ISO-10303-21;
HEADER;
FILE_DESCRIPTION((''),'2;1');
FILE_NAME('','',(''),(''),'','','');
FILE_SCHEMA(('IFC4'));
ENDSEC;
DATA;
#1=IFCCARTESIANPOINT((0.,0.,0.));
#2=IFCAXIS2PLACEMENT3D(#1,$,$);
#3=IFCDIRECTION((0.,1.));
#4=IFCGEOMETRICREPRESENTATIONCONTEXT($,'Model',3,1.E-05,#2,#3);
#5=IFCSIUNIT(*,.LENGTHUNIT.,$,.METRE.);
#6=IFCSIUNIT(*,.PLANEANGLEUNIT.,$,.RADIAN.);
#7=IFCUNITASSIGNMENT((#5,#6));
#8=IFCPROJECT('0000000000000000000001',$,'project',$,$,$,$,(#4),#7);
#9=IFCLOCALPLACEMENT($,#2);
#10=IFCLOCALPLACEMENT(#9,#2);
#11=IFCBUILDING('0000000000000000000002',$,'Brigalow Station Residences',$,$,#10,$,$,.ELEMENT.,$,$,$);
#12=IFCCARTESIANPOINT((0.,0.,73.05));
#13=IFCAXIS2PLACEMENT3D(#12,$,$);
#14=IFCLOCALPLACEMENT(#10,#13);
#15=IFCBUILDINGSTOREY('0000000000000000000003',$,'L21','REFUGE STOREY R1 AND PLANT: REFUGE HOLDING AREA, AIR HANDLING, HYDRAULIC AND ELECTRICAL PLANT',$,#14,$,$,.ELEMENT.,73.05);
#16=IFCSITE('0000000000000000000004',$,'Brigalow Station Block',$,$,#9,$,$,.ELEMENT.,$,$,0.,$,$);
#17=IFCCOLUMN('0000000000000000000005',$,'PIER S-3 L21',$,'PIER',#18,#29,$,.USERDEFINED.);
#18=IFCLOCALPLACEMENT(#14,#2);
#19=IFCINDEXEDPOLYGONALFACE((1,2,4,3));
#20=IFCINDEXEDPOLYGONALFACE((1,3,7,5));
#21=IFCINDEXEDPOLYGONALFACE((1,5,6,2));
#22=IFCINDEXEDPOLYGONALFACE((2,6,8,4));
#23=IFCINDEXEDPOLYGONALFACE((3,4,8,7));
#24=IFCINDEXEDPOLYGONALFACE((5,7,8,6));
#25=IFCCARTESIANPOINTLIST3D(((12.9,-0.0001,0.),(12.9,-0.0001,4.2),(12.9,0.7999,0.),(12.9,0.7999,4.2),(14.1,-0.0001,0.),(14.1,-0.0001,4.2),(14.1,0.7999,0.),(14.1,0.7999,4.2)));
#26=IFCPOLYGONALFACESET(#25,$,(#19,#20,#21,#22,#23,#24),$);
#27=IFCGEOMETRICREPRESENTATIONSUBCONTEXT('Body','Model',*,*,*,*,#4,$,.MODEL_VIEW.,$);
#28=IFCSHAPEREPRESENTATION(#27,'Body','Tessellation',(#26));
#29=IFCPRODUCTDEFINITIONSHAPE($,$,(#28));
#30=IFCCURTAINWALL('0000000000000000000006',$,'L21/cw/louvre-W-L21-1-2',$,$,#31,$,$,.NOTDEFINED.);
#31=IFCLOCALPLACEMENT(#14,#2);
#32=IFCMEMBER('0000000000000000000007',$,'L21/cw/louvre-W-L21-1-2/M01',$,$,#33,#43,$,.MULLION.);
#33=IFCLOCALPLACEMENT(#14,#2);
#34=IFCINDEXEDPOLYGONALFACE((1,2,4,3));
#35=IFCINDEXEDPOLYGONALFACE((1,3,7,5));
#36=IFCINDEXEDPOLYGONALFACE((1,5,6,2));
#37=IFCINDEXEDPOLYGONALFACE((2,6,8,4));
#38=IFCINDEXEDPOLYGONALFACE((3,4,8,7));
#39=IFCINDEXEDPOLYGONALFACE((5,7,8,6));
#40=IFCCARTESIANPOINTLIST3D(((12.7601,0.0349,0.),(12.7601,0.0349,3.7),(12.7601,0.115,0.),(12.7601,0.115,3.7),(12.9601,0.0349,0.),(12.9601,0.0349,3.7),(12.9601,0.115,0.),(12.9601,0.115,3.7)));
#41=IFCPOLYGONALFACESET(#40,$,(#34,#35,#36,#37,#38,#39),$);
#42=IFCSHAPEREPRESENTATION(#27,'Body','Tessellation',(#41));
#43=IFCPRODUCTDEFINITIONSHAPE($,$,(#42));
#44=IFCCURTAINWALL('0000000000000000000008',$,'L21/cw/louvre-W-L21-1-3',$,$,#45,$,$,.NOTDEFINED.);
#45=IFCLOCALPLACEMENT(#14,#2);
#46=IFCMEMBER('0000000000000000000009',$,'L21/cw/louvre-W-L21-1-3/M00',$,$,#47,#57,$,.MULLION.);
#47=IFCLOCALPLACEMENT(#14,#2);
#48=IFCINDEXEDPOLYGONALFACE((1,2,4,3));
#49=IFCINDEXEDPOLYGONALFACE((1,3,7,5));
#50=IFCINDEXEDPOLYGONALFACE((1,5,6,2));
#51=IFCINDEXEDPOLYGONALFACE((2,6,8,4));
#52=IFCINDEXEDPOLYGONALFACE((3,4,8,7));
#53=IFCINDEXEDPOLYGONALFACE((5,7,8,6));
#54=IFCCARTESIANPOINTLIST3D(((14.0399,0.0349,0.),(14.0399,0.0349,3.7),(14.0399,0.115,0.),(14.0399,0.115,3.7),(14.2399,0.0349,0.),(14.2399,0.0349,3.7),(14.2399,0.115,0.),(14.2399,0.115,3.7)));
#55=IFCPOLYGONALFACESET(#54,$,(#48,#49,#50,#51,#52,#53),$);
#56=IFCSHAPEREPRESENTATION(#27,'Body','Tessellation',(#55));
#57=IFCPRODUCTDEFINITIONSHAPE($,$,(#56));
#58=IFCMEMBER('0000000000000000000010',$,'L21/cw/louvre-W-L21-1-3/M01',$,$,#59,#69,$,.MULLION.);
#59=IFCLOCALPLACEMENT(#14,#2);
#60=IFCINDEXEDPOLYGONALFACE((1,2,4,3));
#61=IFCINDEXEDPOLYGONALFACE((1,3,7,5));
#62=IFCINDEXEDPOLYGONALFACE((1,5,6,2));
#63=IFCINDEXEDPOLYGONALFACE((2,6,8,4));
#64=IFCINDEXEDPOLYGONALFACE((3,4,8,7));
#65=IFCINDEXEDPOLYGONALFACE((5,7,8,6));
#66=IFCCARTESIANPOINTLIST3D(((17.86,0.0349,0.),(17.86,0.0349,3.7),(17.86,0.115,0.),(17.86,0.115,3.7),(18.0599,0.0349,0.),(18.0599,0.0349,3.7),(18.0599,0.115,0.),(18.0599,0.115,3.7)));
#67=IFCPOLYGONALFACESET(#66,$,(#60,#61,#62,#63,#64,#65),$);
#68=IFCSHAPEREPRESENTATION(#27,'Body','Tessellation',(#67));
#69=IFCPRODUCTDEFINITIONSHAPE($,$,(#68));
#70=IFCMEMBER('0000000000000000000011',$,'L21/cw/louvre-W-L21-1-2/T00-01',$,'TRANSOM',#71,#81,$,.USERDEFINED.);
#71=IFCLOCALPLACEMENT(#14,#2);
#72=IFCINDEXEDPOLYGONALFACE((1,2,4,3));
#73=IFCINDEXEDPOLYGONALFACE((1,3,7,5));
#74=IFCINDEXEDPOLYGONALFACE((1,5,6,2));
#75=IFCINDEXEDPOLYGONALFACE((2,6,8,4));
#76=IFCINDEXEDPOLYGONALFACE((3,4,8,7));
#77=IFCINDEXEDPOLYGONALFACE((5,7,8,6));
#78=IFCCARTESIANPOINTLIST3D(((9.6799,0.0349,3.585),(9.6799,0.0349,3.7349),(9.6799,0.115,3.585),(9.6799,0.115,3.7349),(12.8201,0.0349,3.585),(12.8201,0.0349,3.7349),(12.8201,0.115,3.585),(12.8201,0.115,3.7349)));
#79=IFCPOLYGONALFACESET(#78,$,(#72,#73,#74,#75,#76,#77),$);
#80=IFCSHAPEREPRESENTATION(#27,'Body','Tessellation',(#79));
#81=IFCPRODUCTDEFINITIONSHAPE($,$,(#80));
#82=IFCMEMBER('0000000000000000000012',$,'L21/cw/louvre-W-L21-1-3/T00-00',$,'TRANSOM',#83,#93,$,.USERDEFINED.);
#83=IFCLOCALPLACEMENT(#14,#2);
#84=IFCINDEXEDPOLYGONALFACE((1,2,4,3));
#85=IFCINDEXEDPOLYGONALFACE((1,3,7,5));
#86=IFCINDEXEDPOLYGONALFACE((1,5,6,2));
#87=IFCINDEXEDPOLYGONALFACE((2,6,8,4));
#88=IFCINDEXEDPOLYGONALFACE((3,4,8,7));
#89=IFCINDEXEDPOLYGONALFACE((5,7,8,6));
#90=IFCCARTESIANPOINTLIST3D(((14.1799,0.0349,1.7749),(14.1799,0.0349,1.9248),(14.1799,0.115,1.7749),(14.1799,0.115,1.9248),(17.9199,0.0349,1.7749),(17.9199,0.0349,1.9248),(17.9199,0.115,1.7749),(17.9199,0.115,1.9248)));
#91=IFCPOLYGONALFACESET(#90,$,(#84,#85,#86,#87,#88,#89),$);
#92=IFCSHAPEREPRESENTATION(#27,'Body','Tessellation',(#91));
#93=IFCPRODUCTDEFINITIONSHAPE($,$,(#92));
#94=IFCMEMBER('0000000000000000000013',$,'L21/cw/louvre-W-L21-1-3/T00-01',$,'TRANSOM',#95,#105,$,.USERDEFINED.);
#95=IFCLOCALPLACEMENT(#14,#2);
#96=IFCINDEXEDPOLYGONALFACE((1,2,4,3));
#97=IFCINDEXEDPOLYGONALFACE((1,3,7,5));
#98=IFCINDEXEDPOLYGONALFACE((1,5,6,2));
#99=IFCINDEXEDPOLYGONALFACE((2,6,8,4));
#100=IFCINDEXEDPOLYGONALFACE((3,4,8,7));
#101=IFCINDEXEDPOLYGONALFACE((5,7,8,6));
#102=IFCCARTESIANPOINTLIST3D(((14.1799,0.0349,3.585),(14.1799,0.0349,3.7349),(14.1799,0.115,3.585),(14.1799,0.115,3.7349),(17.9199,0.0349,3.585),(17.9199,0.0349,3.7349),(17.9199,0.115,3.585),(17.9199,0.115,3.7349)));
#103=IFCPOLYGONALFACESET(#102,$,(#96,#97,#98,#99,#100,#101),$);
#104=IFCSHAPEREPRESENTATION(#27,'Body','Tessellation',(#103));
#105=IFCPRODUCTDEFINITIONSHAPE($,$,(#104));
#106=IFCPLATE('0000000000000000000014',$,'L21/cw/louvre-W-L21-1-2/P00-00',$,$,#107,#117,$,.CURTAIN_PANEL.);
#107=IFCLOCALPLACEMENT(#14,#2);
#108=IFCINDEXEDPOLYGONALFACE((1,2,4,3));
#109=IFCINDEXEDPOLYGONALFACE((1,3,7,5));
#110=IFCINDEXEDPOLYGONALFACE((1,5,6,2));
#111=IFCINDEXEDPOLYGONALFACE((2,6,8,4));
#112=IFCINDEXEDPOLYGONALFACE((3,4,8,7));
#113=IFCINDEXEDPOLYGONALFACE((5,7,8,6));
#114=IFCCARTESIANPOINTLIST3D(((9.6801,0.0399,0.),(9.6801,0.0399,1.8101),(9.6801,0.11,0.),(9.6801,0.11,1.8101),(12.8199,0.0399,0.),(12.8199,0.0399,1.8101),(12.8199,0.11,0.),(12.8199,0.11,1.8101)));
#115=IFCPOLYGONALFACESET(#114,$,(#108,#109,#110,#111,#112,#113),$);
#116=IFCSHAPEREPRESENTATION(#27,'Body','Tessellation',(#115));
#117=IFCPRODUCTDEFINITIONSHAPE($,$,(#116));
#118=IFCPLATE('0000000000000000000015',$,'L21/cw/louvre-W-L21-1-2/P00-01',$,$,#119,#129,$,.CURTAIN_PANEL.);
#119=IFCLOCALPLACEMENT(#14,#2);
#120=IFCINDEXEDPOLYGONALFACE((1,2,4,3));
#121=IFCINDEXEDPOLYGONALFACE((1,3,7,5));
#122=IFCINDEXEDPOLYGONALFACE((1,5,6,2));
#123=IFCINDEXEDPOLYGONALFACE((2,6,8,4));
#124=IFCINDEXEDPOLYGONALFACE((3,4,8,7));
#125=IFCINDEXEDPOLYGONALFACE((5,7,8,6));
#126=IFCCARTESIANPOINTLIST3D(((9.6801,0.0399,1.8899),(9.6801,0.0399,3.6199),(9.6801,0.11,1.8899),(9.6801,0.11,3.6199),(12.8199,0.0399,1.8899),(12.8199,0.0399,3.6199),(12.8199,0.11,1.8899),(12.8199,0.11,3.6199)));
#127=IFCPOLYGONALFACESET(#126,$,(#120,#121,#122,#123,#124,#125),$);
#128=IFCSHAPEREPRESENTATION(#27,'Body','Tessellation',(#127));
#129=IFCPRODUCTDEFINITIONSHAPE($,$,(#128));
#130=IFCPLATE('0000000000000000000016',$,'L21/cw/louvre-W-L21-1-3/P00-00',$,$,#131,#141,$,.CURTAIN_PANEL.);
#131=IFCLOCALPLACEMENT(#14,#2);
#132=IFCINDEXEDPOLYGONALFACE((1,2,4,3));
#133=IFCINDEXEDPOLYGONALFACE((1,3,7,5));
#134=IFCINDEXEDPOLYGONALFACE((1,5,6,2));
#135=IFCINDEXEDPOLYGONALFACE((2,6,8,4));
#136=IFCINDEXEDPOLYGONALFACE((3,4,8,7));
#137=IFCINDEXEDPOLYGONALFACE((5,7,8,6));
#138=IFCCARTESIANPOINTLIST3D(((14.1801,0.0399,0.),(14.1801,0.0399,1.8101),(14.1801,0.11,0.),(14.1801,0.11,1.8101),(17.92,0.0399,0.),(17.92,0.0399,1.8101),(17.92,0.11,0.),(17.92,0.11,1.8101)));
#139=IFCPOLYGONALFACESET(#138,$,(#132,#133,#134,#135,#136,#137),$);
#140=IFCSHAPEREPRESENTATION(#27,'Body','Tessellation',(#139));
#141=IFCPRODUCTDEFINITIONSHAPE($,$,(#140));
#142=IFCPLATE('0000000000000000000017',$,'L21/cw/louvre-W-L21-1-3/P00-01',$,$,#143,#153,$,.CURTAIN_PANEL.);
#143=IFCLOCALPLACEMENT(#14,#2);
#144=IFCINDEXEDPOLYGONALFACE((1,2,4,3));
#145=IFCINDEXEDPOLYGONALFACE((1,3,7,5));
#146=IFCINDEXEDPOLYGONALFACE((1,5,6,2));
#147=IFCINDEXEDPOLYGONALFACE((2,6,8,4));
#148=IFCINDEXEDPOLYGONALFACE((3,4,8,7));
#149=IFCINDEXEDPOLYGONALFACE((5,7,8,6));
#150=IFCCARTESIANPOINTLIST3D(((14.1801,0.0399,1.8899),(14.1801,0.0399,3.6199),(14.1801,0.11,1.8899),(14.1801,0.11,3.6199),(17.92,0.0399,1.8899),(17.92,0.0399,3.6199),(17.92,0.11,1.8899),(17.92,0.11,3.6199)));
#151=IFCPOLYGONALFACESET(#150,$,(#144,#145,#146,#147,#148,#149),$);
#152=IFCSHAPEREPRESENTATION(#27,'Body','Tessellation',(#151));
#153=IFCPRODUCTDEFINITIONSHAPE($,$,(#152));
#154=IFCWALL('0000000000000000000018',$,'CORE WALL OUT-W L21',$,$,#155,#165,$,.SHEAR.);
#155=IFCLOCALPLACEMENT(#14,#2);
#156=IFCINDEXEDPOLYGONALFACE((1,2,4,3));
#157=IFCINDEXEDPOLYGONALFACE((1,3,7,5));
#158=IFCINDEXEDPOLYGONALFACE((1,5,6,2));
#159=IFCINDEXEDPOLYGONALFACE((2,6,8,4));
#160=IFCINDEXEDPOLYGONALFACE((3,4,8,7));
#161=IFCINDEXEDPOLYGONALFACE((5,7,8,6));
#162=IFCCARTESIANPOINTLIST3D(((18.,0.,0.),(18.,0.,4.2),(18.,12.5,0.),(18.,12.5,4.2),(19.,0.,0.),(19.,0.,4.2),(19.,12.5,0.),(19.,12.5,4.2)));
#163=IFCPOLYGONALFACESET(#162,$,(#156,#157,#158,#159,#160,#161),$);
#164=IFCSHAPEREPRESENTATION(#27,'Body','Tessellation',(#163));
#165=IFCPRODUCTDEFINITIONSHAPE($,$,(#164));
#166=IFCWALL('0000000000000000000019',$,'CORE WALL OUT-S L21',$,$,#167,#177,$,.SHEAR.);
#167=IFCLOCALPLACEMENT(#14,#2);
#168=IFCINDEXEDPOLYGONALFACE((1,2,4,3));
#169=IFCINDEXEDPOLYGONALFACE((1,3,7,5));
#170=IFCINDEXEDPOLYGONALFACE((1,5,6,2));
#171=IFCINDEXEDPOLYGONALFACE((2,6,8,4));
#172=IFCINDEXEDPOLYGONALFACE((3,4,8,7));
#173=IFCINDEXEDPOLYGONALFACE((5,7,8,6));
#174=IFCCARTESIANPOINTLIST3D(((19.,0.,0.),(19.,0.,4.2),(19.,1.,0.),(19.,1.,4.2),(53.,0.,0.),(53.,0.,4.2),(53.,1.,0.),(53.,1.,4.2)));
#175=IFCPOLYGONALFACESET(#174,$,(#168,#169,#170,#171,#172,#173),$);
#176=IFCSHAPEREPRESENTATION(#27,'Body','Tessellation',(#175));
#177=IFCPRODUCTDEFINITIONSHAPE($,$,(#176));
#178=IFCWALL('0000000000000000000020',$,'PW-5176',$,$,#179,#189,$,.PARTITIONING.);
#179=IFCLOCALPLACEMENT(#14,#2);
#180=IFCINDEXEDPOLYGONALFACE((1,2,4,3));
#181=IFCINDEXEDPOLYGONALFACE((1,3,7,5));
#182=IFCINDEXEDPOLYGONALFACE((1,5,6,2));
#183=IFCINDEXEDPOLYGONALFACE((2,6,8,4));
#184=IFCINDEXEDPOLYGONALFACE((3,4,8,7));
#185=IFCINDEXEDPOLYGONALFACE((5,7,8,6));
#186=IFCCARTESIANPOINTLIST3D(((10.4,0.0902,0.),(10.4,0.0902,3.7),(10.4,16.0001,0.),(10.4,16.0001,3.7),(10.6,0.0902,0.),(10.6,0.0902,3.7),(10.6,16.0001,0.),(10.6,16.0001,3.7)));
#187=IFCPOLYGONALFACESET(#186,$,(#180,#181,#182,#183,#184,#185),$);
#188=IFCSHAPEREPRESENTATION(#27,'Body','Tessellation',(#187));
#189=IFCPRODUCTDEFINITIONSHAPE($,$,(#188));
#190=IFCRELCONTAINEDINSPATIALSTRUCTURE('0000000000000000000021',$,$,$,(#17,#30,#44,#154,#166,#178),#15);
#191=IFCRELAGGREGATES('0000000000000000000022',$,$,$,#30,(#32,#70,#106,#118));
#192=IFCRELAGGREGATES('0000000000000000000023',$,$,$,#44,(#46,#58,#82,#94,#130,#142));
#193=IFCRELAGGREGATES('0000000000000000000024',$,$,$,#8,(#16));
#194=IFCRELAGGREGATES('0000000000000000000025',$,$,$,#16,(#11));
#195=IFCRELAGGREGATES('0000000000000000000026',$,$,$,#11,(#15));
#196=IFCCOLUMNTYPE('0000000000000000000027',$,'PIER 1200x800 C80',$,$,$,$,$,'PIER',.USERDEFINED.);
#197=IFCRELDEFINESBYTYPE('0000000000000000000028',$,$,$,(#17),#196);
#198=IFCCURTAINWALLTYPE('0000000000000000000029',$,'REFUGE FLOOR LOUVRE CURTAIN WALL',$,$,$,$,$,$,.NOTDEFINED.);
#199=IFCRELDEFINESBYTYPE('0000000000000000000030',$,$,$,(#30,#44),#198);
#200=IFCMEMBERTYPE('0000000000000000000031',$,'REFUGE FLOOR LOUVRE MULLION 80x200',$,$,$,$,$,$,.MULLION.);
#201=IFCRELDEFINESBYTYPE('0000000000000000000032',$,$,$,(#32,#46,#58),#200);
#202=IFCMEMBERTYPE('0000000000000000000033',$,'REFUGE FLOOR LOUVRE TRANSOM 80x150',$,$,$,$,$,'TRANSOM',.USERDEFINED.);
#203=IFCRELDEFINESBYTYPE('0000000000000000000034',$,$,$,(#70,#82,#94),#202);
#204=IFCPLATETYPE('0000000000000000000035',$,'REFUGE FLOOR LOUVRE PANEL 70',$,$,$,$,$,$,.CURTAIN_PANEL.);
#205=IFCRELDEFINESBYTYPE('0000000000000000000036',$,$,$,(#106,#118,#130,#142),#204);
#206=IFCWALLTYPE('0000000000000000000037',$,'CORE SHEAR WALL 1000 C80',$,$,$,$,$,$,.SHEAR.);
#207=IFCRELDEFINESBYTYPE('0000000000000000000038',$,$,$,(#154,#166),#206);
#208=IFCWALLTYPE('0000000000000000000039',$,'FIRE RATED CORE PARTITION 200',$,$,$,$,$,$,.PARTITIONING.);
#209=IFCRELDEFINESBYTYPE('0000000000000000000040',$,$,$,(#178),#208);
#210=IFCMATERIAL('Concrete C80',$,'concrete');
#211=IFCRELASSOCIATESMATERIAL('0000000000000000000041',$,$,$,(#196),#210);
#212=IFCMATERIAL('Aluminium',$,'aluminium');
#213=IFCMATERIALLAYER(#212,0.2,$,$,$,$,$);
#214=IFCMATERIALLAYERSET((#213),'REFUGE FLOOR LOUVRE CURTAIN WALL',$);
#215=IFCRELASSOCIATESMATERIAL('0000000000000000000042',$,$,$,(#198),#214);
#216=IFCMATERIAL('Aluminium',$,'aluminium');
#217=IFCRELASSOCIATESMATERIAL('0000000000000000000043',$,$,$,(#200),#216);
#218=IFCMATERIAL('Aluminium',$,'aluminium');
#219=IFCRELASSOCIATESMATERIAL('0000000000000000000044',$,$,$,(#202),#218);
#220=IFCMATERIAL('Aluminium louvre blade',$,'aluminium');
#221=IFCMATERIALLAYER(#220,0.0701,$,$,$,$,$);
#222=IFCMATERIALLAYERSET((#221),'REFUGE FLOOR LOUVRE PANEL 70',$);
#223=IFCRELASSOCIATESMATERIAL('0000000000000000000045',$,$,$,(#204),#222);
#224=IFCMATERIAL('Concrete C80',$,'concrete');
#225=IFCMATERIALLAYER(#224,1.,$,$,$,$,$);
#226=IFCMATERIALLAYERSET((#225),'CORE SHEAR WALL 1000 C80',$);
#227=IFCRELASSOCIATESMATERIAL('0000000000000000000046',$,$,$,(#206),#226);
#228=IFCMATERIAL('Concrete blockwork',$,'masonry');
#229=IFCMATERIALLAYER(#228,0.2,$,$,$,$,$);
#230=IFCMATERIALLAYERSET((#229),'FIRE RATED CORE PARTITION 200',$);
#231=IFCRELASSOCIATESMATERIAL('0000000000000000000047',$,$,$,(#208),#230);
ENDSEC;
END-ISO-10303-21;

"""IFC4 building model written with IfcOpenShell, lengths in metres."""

from ifc_helpers import new_model, si_unit, direction, frame, frame_2d, origin, origin_2d, place, context, subcontext, project, spatial, rectangle, extrude, material, layer, layer_set, material_profile, profile_set, type_object, element, aggregate, save


model = new_model("IFC4")

# Units and contexts
model_context = context("Model", 3, precision=1e-05, world=origin(), true_north=direction((0.0, 1.0)))
body_context = subcontext(model_context, "Body", "Model", "MODEL_VIEW")
ifc_project = project(units=[si_unit("LENGTHUNIT", "METRE"), si_unit("PLANEANGLEUNIT", "RADIAN")], contexts=[model_context])

# Site, building, storey
site_placement = place(None, origin())
site = spatial("IfcSite", under=ifc_project, at=site_placement, Name="Brigalow Station Block", CompositionType="ELEMENT", RefElevation=0.0)
building_placement = place(site_placement, origin())
building = spatial("IfcBuilding", under=site, at=building_placement, Name="Brigalow Station Residences", CompositionType="ELEMENT")
storey_placement = place(building_placement, frame((0.0, 0.0, 73.05)))
storey = spatial("IfcBuildingStorey", under=building, at=storey_placement, Name="L21", Description="REFUGE STOREY R1 AND PLANT: REFUGE HOLDING AREA, AIR HANDLING, HYDRAULIC AND ELECTRICAL PLANT", CompositionType="ELEMENT", Elevation=73.05)

# Column
ifc_material_1 = material(Name="Concrete C80", Category="concrete")
ifc_material_profile_1 = material_profile(ifc_material_1, rectangle(XDim=1.2, YDim=0.8, at=origin_2d()), Name="RC1200x800")
ifc_profile_set_1 = profile_set([ifc_material_profile_1], Name="Concrete C80")
column_type = type_object("IfcColumnType", Name="PIER 1200x800 C80", ElementType="PIER", PredefinedType="USERDEFINED", material=ifc_profile_set_1)
column_placement = place(storey_placement, frame((13.5, 0.3999, 0.0), z_axis=(0.0, 0.0, 1.0), x_axis=(1.0, 0.0, 0.0)))
element("IfcColumn", 1, at=column_placement, inside=storey, type_object=column_type, Name="PIER S-3 L21", ObjectType="PIER", PredefinedType="USERDEFINED", context=body_context, shape_type="SweptSolid", body=[
    extrude(rectangle(XDim=1.2, YDim=0.8, at=origin_2d()), origin(), (0.0, 0.0, 1.0), 4.2),
])

# Curtain wall, member
ifc_material_2 = material(Name="Aluminium", Category="aluminium")
ifc_layer_1 = layer(ifc_material_2, 0.2)
ifc_layer_set_1 = layer_set([ifc_layer_1], Name="REFUGE FLOOR LOUVRE CURTAIN WALL")
curtain_wall_type = type_object("IfcCurtainWallType", Name="REFUGE FLOOR LOUVRE CURTAIN WALL", PredefinedType="NOTDEFINED", material=ifc_layer_set_1)
curtain_wall_1_placement = place(storey_placement, origin())
curtain_wall_1 = element("IfcCurtainWall", 2, at=curtain_wall_1_placement, inside=storey, type_object=curtain_wall_type, Name="L21/cw/louvre-W-L21-1-2", PredefinedType="NOTDEFINED")
ifc_material_3 = material(Name="Aluminium", Category="aluminium")
ifc_material_profile_2 = material_profile(ifc_material_3, rectangle(XDim=0.0801, YDim=0.2, at=origin_2d()), Name="REFUGE FLOOR LOUVRE MULLION 80x200")
ifc_profile_set_2 = profile_set([ifc_material_profile_2], Name="Aluminium")
member_type_1 = type_object("IfcMemberType", Name="REFUGE FLOOR LOUVRE MULLION 80x200", PredefinedType="MULLION", material=ifc_profile_set_2)
member_1_placement = place(storey_placement, frame((12.8601, 0.075, 0.0), z_axis=(0.0, 0.0, 1.0), x_axis=(0.0, 1.0, 0.0)))
member_1 = element("IfcMember", 3, at=member_1_placement, type_object=member_type_1, Name="L21/cw/louvre-W-L21-1-2/M01", PredefinedType="MULLION", context=body_context, shape_type="SweptSolid", body=[
    extrude(rectangle(XDim=0.0801, YDim=0.2, at=origin_2d()), origin(), (0.0, 0.0, 1.0), 3.7),
])

# Curtain wall, members
curtain_wall_2_placement = place(storey_placement, origin())
curtain_wall_2 = element("IfcCurtainWall", 4, at=curtain_wall_2_placement, inside=storey, type_object=curtain_wall_type, Name="L21/cw/louvre-W-L21-1-3", PredefinedType="NOTDEFINED")
member_2_placement = place(storey_placement, frame((14.1399, 0.075, 0.0), z_axis=(0.0, 0.0, 1.0), x_axis=(0.0, 1.0, 0.0)))
member_2 = element("IfcMember", 5, at=member_2_placement, type_object=member_type_1, Name="L21/cw/louvre-W-L21-1-3/M00", PredefinedType="MULLION", context=body_context, shape_type="SweptSolid", body=[
    extrude(rectangle(XDim=0.0801, YDim=0.2, at=origin_2d()), origin(), (0.0, 0.0, 1.0), 3.7),
])
member_3_placement = place(storey_placement, frame((17.96, 0.075, 0.0), z_axis=(0.0, 0.0, 1.0), x_axis=(0.0, 1.0, 0.0)))
member_3 = element("IfcMember", 6, at=member_3_placement, type_object=member_type_1, Name="L21/cw/louvre-W-L21-1-3/M01", PredefinedType="MULLION", context=body_context, shape_type="SweptSolid", body=[
    extrude(rectangle(XDim=0.0801, YDim=0.2, at=origin_2d()), origin(), (0.0, 0.0, 1.0), 3.7),
])

# Members
ifc_material_4 = material(Name="Aluminium", Category="aluminium")
ifc_material_profile_3 = material_profile(ifc_material_4, rectangle(XDim=0.0801, YDim=0.1499, at=origin_2d()), Name="REFUGE FLOOR LOUVRE TRANSOM 80x150")
ifc_profile_set_3 = profile_set([ifc_material_profile_3], Name="Aluminium")
member_type_2 = type_object("IfcMemberType", Name="REFUGE FLOOR LOUVRE TRANSOM 80x150", ElementType="TRANSOM", PredefinedType="USERDEFINED", material=ifc_profile_set_3)
member_4_placement = place(storey_placement, frame((9.6799, 0.075, 3.6599), z_axis=(1.0, 0.0, 0.0), x_axis=(0.0, 1.0, 0.0)))
member_4 = element("IfcMember", 7, at=member_4_placement, type_object=member_type_2, Name="L21/cw/louvre-W-L21-1-2/T00-01", ObjectType="TRANSOM", PredefinedType="USERDEFINED", context=body_context, shape_type="SweptSolid", body=[
    extrude(rectangle(XDim=0.0801, YDim=0.1499, at=origin_2d()), origin(), (0.0, 0.0, 1.0), 3.1401),
])
member_5_placement = place(storey_placement, frame((14.1799, 0.075, 1.8499), z_axis=(1.0, 0.0, 0.0), x_axis=(0.0, 1.0, 0.0)))
member_5 = element("IfcMember", 8, at=member_5_placement, type_object=member_type_2, Name="L21/cw/louvre-W-L21-1-3/T00-00", ObjectType="TRANSOM", PredefinedType="USERDEFINED", context=body_context, shape_type="SweptSolid", body=[
    extrude(rectangle(XDim=0.0801, YDim=0.1499, at=origin_2d()), origin(), (0.0, 0.0, 1.0), 3.74),
])
member_6_placement = place(storey_placement, frame((14.1799, 0.075, 3.6599), z_axis=(1.0, 0.0, 0.0), x_axis=(0.0, 1.0, 0.0)))
member_6 = element("IfcMember", 9, at=member_6_placement, type_object=member_type_2, Name="L21/cw/louvre-W-L21-1-3/T00-01", ObjectType="TRANSOM", PredefinedType="USERDEFINED", context=body_context, shape_type="SweptSolid", body=[
    extrude(rectangle(XDim=0.0801, YDim=0.1499, at=origin_2d()), origin(), (0.0, 0.0, 1.0), 3.74),
])

# Plates
ifc_material_5 = material(Name="Aluminium louvre blade", Category="aluminium")
ifc_layer_2 = layer(ifc_material_5, 0.0701)
ifc_layer_set_2 = layer_set([ifc_layer_2], Name="REFUGE FLOOR LOUVRE PANEL 70")
plate_type = type_object("IfcPlateType", Name="REFUGE FLOOR LOUVRE PANEL 70", PredefinedType="CURTAIN_PANEL", material=ifc_layer_set_2)
plate_1_placement = place(storey_placement, frame((11.25, 0.075, 0.0), z_axis=(0.0, 0.0, 1.0), x_axis=(1.0, 0.0, 0.0)))
plate_1 = element("IfcPlate", 10, at=plate_1_placement, type_object=plate_type, Name="L21/cw/louvre-W-L21-1-2/P00-00", PredefinedType="CURTAIN_PANEL", context=body_context, shape_type="SweptSolid", body=[
    extrude(rectangle(XDim=3.1399, YDim=0.0701, at=origin_2d()), origin(), (0.0, 0.0, 1.0), 1.8101),
])
plate_2_placement = place(storey_placement, frame((11.25, 0.075, 1.8899), z_axis=(0.0, 0.0, 1.0), x_axis=(1.0, 0.0, 0.0)))
plate_2 = element("IfcPlate", 11, at=plate_2_placement, type_object=plate_type, Name="L21/cw/louvre-W-L21-1-2/P00-01", PredefinedType="CURTAIN_PANEL", context=body_context, shape_type="SweptSolid", body=[
    extrude(rectangle(XDim=3.1399, YDim=0.0701, at=origin_2d()), origin(), (0.0, 0.0, 1.0), 1.73),
])
aggregate(curtain_wall_1, [member_1, member_4, plate_1, plate_2])
plate_3_placement = place(storey_placement, frame((16.05, 0.075, 0.0), z_axis=(0.0, 0.0, 1.0), x_axis=(1.0, 0.0, 0.0)))
plate_3 = element("IfcPlate", 12, at=plate_3_placement, type_object=plate_type, Name="L21/cw/louvre-W-L21-1-3/P00-00", PredefinedType="CURTAIN_PANEL", context=body_context, shape_type="SweptSolid", body=[
    extrude(rectangle(XDim=3.74, YDim=0.0701, at=origin_2d()), origin(), (0.0, 0.0, 1.0), 1.8101),
])
plate_4_placement = place(storey_placement, frame((16.05, 0.075, 1.8899), z_axis=(0.0, 0.0, 1.0), x_axis=(1.0, 0.0, 0.0)))
plate_4 = element("IfcPlate", 13, at=plate_4_placement, type_object=plate_type, Name="L21/cw/louvre-W-L21-1-3/P00-01", PredefinedType="CURTAIN_PANEL", context=body_context, shape_type="SweptSolid", body=[
    extrude(rectangle(XDim=3.74, YDim=0.0701, at=origin_2d()), origin(), (0.0, 0.0, 1.0), 1.73),
])
aggregate(curtain_wall_2, [member_2, member_3, member_5, member_6, plate_3, plate_4])

# Walls
ifc_material_6 = material(Name="Concrete C80", Category="concrete")
ifc_layer_3 = layer(ifc_material_6, 1.0)
ifc_layer_set_3 = layer_set([ifc_layer_3], Name="CORE SHEAR WALL 1000 C80")
wall_type_1 = type_object("IfcWallType", Name="CORE SHEAR WALL 1000 C80", PredefinedType="SHEAR", material=ifc_layer_set_3)
wall_1_placement = place(storey_placement, frame((18.5, 0.0, 0.0), z_axis=(0.0, 0.0, 1.0), x_axis=(0.0, 1.0, 0.0)))
element("IfcWall", 14, at=wall_1_placement, inside=storey, type_object=wall_type_1, Name="CORE WALL OUT-W L21", PredefinedType="SHEAR", context=body_context, shape_type="SweptSolid", body=[
    extrude(rectangle(XDim=12.5, YDim=1.0, at=frame_2d((6.25, 0.0))), origin(), (0.0, 0.0, 1.0), 4.2),
])
wall_2_placement = place(storey_placement, frame((19.0, 0.5, 0.0), z_axis=(0.0, 0.0, 1.0), x_axis=(1.0, 0.0, 0.0)))
element("IfcWall", 15, at=wall_2_placement, inside=storey, type_object=wall_type_1, Name="CORE WALL OUT-S L21", PredefinedType="SHEAR", context=body_context, shape_type="SweptSolid", body=[
    extrude(rectangle(XDim=34.0, YDim=1.0, at=frame_2d((17.0, 0.0))), origin(), (0.0, 0.0, 1.0), 4.2),
])
ifc_material_7 = material(Name="Concrete blockwork", Category="masonry")
ifc_layer_4 = layer(ifc_material_7, 0.2)
ifc_layer_set_4 = layer_set([ifc_layer_4], Name="FIRE RATED CORE PARTITION 200")
wall_type_2 = type_object("IfcWallType", Name="FIRE RATED CORE PARTITION 200", PredefinedType="PARTITIONING", material=ifc_layer_set_4)
wall_3_placement = place(storey_placement, frame((10.5, 0.0901, 0.0), z_axis=(0.0, 0.0, 1.0), x_axis=(0.0, 1.0, 0.0)))
element("IfcWall", 16, at=wall_3_placement, inside=storey, type_object=wall_type_2, Name="PW-5176", PredefinedType="PARTITIONING", context=body_context, shape_type="SweptSolid", body=[
    extrude(rectangle(XDim=15.9099, YDim=0.2, at=frame_2d((7.9551, 0.0))), origin(), (0.0, 0.0, 1.0), 3.7),
])

save(model, "model.ifc")
